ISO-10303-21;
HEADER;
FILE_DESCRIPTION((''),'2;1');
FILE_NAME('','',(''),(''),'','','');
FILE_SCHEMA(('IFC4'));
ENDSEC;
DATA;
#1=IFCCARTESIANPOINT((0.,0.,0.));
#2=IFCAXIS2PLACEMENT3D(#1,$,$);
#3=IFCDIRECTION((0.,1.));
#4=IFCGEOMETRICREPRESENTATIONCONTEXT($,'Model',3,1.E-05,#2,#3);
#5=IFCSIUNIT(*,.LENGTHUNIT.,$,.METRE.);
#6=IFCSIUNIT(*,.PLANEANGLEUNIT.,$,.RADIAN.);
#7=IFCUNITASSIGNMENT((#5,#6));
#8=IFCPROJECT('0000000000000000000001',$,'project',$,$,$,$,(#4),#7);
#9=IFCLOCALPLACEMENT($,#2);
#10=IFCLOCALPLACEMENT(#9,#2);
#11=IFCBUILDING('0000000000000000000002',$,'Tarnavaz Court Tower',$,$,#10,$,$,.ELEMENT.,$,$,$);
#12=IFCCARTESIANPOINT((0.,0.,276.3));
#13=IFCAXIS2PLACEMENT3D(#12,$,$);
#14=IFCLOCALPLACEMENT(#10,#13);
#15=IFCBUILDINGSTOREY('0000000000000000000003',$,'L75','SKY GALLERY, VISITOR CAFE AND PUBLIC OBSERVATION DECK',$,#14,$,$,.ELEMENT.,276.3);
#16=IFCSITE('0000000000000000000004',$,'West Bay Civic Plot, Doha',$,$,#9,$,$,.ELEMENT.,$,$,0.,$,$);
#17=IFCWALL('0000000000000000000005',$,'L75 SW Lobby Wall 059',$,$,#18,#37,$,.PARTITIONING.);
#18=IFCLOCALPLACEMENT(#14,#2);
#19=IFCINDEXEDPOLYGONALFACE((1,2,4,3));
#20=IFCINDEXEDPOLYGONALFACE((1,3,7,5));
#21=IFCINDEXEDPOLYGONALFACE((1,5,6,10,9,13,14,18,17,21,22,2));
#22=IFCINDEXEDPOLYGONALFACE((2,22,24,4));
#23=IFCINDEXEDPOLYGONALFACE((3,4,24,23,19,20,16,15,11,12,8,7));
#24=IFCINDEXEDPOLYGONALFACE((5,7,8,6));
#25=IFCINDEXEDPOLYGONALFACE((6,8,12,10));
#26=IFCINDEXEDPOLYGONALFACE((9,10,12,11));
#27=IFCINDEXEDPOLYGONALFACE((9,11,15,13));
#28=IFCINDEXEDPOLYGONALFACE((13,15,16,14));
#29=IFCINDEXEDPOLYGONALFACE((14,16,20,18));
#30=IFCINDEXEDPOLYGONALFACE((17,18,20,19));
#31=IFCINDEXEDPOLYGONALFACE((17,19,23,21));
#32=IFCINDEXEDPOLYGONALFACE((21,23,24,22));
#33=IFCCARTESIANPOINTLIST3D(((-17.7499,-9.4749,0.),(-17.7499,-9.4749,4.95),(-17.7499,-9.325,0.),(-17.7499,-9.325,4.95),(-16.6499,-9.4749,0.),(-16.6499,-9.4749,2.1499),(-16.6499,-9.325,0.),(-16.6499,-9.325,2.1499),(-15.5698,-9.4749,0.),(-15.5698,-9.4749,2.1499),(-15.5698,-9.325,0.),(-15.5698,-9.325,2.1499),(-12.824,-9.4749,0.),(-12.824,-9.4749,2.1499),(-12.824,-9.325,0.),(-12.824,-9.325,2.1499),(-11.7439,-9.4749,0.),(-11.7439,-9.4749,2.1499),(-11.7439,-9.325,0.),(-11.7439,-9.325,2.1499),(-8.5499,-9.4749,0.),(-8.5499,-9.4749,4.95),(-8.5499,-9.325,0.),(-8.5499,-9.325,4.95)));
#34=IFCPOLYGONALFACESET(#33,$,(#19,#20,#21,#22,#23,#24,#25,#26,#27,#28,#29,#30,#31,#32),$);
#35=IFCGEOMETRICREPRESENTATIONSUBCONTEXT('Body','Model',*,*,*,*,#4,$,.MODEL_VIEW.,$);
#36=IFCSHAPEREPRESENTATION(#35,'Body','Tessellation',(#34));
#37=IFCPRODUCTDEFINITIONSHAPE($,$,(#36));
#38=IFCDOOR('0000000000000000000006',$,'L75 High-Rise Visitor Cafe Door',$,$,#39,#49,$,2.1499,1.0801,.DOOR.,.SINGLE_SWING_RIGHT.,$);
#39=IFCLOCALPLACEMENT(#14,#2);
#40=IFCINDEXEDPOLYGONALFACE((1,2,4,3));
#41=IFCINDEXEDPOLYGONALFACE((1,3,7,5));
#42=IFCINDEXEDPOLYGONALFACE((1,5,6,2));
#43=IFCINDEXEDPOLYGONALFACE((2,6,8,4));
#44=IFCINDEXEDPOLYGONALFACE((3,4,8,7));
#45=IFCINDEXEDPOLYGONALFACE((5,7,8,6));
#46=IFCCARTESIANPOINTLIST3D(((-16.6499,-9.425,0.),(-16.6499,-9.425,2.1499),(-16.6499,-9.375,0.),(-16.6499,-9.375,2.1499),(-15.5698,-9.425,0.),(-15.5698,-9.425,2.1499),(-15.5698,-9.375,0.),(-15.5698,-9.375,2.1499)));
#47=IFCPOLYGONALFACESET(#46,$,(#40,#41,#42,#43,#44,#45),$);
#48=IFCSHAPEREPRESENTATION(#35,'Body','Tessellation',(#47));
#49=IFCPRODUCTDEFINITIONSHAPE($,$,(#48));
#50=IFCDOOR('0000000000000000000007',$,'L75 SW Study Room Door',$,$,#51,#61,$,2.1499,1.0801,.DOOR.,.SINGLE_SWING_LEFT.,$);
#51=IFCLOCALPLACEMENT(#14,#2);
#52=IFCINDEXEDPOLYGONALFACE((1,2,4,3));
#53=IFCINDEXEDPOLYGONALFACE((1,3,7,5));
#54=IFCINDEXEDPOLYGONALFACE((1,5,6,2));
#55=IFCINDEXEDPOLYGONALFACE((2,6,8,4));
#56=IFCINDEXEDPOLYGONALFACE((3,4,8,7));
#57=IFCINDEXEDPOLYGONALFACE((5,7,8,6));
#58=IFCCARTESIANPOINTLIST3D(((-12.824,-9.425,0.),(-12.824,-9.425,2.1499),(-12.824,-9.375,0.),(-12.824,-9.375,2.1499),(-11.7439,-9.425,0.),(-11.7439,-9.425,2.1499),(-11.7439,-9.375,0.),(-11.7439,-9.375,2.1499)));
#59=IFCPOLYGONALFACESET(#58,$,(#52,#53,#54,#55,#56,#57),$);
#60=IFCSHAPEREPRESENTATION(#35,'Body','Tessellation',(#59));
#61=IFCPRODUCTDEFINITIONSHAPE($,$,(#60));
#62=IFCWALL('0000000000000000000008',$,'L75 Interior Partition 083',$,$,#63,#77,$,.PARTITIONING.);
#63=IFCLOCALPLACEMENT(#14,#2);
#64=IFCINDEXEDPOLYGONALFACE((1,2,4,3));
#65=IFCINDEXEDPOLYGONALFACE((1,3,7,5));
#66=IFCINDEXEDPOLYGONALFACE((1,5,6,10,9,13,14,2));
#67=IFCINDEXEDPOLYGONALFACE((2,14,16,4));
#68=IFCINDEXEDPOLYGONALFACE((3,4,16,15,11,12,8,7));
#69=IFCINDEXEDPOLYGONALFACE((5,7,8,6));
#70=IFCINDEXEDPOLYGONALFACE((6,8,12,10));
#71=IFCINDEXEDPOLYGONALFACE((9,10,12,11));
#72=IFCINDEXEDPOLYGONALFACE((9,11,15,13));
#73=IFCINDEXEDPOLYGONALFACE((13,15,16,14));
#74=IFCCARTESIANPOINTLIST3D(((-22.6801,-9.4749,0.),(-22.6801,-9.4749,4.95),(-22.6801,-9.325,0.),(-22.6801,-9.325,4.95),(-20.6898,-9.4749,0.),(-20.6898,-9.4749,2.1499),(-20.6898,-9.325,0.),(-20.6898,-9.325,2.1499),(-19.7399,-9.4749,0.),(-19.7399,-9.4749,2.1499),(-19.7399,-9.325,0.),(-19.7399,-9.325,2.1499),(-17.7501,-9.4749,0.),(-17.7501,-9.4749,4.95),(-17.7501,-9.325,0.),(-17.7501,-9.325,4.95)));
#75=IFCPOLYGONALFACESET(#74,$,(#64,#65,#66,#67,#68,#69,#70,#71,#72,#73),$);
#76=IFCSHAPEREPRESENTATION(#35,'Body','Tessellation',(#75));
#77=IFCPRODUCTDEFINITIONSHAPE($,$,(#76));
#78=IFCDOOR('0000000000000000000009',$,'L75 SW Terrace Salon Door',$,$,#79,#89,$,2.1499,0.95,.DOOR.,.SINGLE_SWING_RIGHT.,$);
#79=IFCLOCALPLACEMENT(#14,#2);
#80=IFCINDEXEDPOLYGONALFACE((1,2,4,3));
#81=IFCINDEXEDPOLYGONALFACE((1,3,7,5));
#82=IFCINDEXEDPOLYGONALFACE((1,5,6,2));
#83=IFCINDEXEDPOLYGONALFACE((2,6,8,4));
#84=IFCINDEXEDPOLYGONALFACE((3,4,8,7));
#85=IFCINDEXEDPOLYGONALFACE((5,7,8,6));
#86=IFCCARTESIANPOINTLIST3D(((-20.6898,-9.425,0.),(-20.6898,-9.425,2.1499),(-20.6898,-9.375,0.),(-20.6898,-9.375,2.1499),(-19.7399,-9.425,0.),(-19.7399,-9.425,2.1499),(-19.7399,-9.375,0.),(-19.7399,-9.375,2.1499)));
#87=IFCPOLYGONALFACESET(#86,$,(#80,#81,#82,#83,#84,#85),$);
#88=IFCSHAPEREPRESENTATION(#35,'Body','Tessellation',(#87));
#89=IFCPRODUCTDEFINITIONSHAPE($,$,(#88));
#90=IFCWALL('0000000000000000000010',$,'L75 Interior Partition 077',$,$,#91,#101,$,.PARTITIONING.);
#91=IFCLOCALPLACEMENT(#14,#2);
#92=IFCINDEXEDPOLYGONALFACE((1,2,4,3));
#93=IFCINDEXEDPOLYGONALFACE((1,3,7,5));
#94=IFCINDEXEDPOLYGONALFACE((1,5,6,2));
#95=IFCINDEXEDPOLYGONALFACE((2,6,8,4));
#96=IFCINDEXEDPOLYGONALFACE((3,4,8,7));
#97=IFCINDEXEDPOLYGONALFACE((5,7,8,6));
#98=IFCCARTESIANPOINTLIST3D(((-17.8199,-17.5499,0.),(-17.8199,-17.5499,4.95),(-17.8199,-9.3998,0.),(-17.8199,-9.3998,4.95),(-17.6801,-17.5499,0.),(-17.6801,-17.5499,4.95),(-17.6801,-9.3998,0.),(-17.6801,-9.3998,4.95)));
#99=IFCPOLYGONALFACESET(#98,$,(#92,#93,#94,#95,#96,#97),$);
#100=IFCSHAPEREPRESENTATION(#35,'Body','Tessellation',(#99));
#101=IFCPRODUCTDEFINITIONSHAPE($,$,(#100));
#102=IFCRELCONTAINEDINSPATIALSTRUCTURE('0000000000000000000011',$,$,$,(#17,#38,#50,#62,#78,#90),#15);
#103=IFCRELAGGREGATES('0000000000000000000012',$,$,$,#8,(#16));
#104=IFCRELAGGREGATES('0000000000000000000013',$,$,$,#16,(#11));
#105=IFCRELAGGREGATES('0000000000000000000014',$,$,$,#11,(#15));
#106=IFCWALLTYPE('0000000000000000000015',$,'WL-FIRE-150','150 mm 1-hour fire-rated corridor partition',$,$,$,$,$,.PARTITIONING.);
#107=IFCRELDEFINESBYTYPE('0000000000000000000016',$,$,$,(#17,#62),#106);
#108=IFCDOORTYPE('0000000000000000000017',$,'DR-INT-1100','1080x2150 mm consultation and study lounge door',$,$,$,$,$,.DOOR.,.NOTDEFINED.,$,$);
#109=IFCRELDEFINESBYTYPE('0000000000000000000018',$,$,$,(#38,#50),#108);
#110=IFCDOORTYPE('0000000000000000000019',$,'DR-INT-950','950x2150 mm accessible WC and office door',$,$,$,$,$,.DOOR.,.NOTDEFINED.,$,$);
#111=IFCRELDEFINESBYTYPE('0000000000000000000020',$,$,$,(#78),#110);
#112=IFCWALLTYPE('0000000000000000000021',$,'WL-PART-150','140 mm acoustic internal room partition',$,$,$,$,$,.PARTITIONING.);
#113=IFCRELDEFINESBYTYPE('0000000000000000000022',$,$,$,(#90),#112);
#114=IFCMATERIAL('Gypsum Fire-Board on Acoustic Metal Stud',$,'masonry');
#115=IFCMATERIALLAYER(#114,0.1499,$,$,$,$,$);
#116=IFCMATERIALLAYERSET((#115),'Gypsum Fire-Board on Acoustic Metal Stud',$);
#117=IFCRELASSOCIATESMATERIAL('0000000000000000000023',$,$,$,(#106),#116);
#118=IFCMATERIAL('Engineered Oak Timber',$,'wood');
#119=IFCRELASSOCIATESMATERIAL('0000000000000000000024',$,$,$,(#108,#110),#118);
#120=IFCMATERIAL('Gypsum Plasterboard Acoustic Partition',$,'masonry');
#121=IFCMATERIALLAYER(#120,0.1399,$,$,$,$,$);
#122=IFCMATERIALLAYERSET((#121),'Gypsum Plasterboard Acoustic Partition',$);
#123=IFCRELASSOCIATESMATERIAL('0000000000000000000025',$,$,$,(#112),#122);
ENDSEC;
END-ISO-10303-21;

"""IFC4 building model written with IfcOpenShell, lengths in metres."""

from ifc_helpers import new_model, si_unit, direction, frame, frame_2d, origin, place, context, subcontext, project, spatial, rectangle, extrude, material, layer, layer_set, type_object, element, fill, save


model = new_model("IFC4")

# Units and contexts
model_context = context("Model", 3, precision=1e-05, world=origin(), true_north=direction((0.0, 1.0)))
body_context = subcontext(model_context, "Body", "Model", "MODEL_VIEW")
ifc_project = project(units=[si_unit("LENGTHUNIT", "METRE"), si_unit("PLANEANGLEUNIT", "RADIAN")], contexts=[model_context])

# Site, building, storey
site_placement = place(None, origin())
site = spatial("IfcSite", under=ifc_project, at=site_placement, Name="West Bay Civic Plot, Doha", CompositionType="ELEMENT", RefElevation=0.0)
building_placement = place(site_placement, origin())
building = spatial("IfcBuilding", under=site, at=building_placement, Name="Tarnavaz Court Tower", CompositionType="ELEMENT")
storey_placement = place(building_placement, frame((0.0, 0.0, 276.3)))
storey = spatial("IfcBuildingStorey", under=building, at=storey_placement, Name="L75", Description="SKY GALLERY, VISITOR CAFE AND PUBLIC OBSERVATION DECK", CompositionType="ELEMENT", Elevation=276.3)

# Wall, openings, doors
ifc_material_1 = material(Name="Gypsum Fire-Board on Acoustic Metal Stud", Category="masonry")
ifc_layer_1 = layer(ifc_material_1, 0.1499)
ifc_layer_set_1 = layer_set([ifc_layer_1], Name="Gypsum Fire-Board on Acoustic Metal Stud")
wall_type_1 = type_object("IfcWallType", Name="WL-FIRE-150", Description="150 mm 1-hour fire-rated corridor partition", PredefinedType="PARTITIONING", material=ifc_layer_set_1)
wall_1_placement = place(storey_placement, frame((-17.75, -9.3999, 0.0), z_axis=(0.0, 0.0, 1.0), x_axis=(1.0, 0.0, 0.0)))
wall_1 = element("IfcWall", 1, at=wall_1_placement, inside=storey, type_object=wall_type_1, Name="L75 SW Lobby Wall 059", PredefinedType="PARTITIONING", context=body_context, shape_type="SweptSolid", body=[
    extrude(rectangle(XDim=9.2, YDim=0.1499, at=frame_2d((4.6001, 0.0))), origin(), (0.0, 0.0, 1.0), 4.95),
])
opening_1_placement = place(wall_1_placement, frame((1.1001, 0.0, 0.0)))
opening_1 = element("IfcOpeningElement", 2, at=opening_1_placement, cuts=wall_1, PredefinedType="OPENING", context=body_context, shape_type="SweptSolid", body=[
    extrude(rectangle(XDim=1.0801, YDim=2.1499, at=frame_2d((0.54, 1.075))), frame((0.0, 0.085, 0.0), z_axis=(0.0, -1.0, 0.0), x_axis=(1.0, 0.0, 0.0)), (0.0, 0.0, 1.0), 0.1699),
])
opening_2_placement = place(wall_1_placement, frame((4.926, 0.0, 0.0)))
opening_2 = element("IfcOpeningElement", 3, at=opening_2_placement, cuts=wall_1, PredefinedType="OPENING", context=body_context, shape_type="SweptSolid", body=[
    extrude(rectangle(XDim=1.0801, YDim=2.1499, at=frame_2d((0.54, 1.075))), frame((0.0, 0.085, 0.0), z_axis=(0.0, -1.0, 0.0), x_axis=(1.0, 0.0, 0.0)), (0.0, 0.0, 1.0), 0.1699),
])
ifc_material_2 = material(Name="Engineered Oak Timber", Category="wood")
door_type_1 = type_object("IfcDoorType", Name="DR-INT-1100", Description="1080x2150 mm consultation and study lounge door", OperationType="NOTDEFINED", PredefinedType="DOOR", material=ifc_material_2)
door_1_placement = place(opening_1_placement, origin())
door_1 = element("IfcDoor", 4, at=door_1_placement, inside=storey, type_object=door_type_1, Name="L75 High-Rise Visitor Cafe Door", OperationType="SINGLE_SWING_RIGHT", OverallHeight=2.1499, OverallWidth=1.0801, PredefinedType="DOOR", context=body_context, shape_type="SweptSolid", body=[
    extrude(rectangle(XDim=1.0801, YDim=2.1499, at=frame_2d((0.54, 1.075))), frame((0.0, 0.0249, 0.0), z_axis=(0.0, -1.0, 0.0), x_axis=(1.0, 0.0, 0.0)), (0.0, 0.0, 1.0), 0.05),
])
fill(opening_1, door_1)
door_2_placement = place(opening_2_placement, origin())
door_2 = element("IfcDoor", 5, at=door_2_placement, inside=storey, type_object=door_type_1, Name="L75 SW Study Room Door", OperationType="SINGLE_SWING_LEFT", OverallHeight=2.1499, OverallWidth=1.0801, PredefinedType="DOOR", context=body_context, shape_type="SweptSolid", body=[
    extrude(rectangle(XDim=1.0801, YDim=2.1499, at=frame_2d((0.54, 1.075))), frame((0.0, 0.0249, 0.0), z_axis=(0.0, -1.0, 0.0), x_axis=(1.0, 0.0, 0.0)), (0.0, 0.0, 1.0), 0.05),
])
fill(opening_2, door_2)

# Wall, opening, door
wall_2_placement = place(storey_placement, frame((-22.6799, -9.3999, 0.0), z_axis=(0.0, 0.0, 1.0), x_axis=(1.0, 0.0, 0.0)))
wall_2 = element("IfcWall", 6, at=wall_2_placement, inside=storey, type_object=wall_type_1, Name="L75 Interior Partition 083", PredefinedType="PARTITIONING", context=body_context, shape_type="SweptSolid", body=[
    extrude(rectangle(XDim=4.9299, YDim=0.1499, at=frame_2d((2.4648, 0.0))), origin(), (0.0, 0.0, 1.0), 4.95),
])
opening_3_placement = place(wall_2_placement, frame((1.99, 0.0, 0.0)))
opening_3 = element("IfcOpeningElement", 7, at=opening_3_placement, cuts=wall_2, PredefinedType="OPENING", context=body_context, shape_type="SweptSolid", body=[
    extrude(rectangle(XDim=0.95, YDim=2.1499, at=frame_2d((0.4751, 1.075))), frame((0.0, 0.085, 0.0), z_axis=(0.0, -1.0, 0.0), x_axis=(1.0, 0.0, 0.0)), (0.0, 0.0, 1.0), 0.1699),
])
door_type_2 = type_object("IfcDoorType", Name="DR-INT-950", Description="950x2150 mm accessible WC and office door", OperationType="NOTDEFINED", PredefinedType="DOOR", material=ifc_material_2)
door_3_placement = place(opening_3_placement, origin())
door_3 = element("IfcDoor", 8, at=door_3_placement, inside=storey, type_object=door_type_2, Name="L75 SW Terrace Salon Door", OperationType="SINGLE_SWING_RIGHT", OverallHeight=2.1499, OverallWidth=0.95, PredefinedType="DOOR", context=body_context, shape_type="SweptSolid", body=[
    extrude(rectangle(XDim=0.95, YDim=2.1499, at=frame_2d((0.4751, 1.075))), frame((0.0, 0.0249, 0.0), z_axis=(0.0, -1.0, 0.0), x_axis=(1.0, 0.0, 0.0)), (0.0, 0.0, 1.0), 0.05),
])
fill(opening_3, door_3)

# Wall
ifc_material_3 = material(Name="Gypsum Plasterboard Acoustic Partition", Category="masonry")
ifc_layer_2 = layer(ifc_material_3, 0.1399)
ifc_layer_set_2 = layer_set([ifc_layer_2], Name="Gypsum Plasterboard Acoustic Partition")
wall_type_2 = type_object("IfcWallType", Name="WL-PART-150", Description="140 mm acoustic internal room partition", PredefinedType="PARTITIONING", material=ifc_layer_set_2)
wall_3_placement = place(storey_placement, frame((-17.75, -17.55, 0.0), z_axis=(0.0, 0.0, 1.0), x_axis=(0.0, 1.0, 0.0)))
element("IfcWall", 9, at=wall_3_placement, inside=storey, type_object=wall_type_2, Name="L75 Interior Partition 077", PredefinedType="PARTITIONING", context=body_context, shape_type="SweptSolid", body=[
    extrude(rectangle(XDim=8.1501, YDim=0.1399, at=frame_2d((4.0752, 0.0))), origin(), (0.0, 0.0, 1.0), 4.95),
])

save(model, "model.ifc")
